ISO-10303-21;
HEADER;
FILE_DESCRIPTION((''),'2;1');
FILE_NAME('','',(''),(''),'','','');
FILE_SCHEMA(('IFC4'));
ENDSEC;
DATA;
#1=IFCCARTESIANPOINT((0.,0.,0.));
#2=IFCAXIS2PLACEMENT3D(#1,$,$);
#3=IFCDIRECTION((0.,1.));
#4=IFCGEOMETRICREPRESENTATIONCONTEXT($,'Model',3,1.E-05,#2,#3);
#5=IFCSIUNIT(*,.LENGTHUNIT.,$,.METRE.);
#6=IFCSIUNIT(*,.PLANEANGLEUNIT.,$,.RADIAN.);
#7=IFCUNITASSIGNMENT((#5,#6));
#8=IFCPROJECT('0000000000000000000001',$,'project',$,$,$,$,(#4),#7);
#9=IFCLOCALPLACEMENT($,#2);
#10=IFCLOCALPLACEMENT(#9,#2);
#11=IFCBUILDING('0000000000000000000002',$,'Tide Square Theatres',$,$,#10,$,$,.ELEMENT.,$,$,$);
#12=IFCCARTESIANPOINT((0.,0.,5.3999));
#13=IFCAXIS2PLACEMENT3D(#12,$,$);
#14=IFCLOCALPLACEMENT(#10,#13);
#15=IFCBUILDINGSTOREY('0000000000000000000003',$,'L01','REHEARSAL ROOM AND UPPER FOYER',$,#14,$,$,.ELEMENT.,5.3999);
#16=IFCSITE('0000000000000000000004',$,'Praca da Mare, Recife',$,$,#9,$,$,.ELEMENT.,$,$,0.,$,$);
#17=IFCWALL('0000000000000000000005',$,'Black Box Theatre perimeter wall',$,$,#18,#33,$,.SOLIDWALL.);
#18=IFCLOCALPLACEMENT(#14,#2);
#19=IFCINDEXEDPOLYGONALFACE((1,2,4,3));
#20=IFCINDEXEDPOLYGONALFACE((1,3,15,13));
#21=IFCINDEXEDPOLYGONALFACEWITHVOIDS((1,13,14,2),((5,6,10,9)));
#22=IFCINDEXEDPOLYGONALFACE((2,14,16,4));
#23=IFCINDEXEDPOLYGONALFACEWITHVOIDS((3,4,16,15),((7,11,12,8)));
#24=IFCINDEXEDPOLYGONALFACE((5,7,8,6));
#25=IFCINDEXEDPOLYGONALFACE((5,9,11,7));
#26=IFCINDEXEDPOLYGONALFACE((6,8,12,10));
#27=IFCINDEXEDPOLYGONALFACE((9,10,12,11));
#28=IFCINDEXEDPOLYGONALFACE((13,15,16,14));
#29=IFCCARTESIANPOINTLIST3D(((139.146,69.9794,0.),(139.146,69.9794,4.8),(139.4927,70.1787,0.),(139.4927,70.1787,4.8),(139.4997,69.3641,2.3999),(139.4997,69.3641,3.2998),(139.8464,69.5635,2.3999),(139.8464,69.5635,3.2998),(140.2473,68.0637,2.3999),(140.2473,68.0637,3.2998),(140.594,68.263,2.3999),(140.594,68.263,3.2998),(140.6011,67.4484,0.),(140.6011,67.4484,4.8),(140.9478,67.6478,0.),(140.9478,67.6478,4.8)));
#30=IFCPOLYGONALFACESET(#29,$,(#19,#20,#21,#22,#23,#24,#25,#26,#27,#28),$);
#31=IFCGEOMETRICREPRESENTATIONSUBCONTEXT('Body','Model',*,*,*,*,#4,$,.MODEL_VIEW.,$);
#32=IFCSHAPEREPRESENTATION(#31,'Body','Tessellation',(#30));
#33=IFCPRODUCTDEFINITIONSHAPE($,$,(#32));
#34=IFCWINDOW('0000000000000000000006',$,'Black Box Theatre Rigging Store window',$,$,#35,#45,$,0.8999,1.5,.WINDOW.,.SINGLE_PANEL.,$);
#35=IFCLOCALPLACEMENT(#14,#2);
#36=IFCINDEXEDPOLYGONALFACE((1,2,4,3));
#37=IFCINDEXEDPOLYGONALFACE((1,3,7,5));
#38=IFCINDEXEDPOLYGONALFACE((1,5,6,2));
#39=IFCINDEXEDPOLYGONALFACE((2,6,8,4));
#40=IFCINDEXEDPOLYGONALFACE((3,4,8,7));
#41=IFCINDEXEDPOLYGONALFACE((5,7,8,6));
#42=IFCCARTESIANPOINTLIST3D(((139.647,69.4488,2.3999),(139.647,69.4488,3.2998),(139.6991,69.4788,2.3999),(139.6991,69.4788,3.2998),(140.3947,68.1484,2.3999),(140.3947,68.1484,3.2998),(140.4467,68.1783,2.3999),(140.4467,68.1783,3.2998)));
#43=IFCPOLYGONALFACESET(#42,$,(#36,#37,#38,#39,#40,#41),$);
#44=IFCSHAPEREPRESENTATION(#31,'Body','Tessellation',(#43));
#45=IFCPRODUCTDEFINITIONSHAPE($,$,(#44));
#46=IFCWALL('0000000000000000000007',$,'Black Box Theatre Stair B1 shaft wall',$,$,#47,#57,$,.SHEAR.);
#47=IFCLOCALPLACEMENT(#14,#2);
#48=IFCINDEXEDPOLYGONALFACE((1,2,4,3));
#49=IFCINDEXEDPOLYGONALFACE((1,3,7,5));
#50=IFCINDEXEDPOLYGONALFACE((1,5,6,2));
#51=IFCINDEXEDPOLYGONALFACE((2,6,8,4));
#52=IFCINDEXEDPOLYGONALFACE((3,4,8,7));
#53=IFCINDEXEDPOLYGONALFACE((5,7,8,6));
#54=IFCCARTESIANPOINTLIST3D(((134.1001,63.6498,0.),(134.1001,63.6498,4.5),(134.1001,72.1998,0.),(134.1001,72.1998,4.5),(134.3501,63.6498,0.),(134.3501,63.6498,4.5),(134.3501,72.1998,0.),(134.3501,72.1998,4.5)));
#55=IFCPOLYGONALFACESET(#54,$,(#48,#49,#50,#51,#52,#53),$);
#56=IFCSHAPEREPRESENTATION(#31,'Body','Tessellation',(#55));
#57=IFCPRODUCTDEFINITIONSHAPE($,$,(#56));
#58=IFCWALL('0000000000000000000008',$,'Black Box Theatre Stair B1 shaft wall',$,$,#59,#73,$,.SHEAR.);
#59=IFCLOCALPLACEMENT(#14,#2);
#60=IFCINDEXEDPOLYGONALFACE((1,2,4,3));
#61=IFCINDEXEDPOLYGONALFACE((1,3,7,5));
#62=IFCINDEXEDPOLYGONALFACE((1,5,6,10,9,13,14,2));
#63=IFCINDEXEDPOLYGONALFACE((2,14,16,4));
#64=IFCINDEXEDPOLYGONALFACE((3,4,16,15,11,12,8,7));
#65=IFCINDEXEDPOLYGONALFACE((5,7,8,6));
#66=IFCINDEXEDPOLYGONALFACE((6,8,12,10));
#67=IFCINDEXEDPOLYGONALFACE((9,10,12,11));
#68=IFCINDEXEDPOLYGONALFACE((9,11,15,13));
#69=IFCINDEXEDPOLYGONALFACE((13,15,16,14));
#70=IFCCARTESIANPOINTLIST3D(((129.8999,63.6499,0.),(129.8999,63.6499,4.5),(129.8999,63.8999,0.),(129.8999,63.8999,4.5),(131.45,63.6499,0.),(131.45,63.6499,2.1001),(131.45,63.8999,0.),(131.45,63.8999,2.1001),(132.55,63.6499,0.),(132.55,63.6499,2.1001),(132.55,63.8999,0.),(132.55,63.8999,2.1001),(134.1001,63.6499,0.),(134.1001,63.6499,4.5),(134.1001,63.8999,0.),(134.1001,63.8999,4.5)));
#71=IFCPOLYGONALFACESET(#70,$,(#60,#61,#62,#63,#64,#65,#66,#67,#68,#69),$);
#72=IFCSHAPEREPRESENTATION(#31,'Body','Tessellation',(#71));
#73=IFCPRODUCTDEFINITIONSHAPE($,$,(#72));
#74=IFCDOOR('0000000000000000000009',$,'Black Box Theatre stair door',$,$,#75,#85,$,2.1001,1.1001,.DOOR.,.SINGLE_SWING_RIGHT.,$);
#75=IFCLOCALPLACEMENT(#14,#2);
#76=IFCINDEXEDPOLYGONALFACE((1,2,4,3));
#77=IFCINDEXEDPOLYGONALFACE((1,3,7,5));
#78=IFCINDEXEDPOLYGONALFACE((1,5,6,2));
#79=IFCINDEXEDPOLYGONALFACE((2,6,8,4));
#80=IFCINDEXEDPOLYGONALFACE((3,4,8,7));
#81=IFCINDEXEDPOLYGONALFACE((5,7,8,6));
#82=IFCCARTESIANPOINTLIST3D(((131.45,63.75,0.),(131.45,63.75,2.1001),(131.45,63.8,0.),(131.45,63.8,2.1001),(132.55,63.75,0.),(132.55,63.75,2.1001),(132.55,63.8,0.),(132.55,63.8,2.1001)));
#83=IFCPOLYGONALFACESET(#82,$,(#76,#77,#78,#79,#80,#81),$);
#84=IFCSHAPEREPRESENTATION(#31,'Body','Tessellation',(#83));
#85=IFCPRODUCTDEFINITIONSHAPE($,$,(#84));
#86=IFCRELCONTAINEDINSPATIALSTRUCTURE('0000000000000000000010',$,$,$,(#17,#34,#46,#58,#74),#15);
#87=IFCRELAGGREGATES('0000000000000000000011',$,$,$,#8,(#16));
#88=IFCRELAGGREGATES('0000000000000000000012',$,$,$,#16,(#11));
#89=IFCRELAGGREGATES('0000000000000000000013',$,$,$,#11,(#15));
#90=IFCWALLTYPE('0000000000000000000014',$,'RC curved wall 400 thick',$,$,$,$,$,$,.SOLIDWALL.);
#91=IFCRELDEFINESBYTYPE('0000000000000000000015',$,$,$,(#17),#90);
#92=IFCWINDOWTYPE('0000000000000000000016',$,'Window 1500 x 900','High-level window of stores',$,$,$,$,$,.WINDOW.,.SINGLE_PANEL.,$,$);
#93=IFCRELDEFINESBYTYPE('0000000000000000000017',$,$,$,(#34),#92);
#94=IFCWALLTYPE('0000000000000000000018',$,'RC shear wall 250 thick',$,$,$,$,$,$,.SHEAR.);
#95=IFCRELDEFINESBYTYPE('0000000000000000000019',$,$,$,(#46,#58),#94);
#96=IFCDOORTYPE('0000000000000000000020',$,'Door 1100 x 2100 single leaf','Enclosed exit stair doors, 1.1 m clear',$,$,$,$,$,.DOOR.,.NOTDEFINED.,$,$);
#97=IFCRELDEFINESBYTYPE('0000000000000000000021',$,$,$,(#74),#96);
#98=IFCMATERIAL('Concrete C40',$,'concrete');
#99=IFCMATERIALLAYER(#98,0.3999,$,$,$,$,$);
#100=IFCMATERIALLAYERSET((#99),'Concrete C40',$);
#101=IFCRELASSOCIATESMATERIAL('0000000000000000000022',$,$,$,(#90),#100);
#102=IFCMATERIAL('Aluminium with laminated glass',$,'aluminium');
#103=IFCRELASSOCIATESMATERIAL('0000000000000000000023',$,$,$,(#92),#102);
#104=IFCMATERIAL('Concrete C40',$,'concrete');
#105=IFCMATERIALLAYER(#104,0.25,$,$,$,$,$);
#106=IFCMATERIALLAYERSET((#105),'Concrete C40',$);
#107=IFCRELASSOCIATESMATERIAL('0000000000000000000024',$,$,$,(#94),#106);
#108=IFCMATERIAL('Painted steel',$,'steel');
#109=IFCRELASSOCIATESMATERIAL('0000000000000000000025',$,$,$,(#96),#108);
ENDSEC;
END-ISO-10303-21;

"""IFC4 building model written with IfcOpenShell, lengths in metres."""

from ifc_helpers import new_model, si_unit, direction, frame, frame_2d, origin, place, context, subcontext, project, spatial, rectangle, extrude, material, layer, layer_set, type_object, element, fill, save


model = new_model("IFC4")

# Units and contexts
model_context = context("Model", 3, precision=1e-05, world=origin(), true_north=direction((0.0, 1.0)))
body_context = subcontext(model_context, "Body", "Model", "MODEL_VIEW")
ifc_project = project(units=[si_unit("LENGTHUNIT", "METRE"), si_unit("PLANEANGLEUNIT", "RADIAN")], contexts=[model_context])

# Site, building, storey
site_placement = place(None, origin())
site = spatial("IfcSite", under=ifc_project, at=site_placement, Name="Praca da Mare, Recife", CompositionType="ELEMENT", RefElevation=0.0)
building_placement = place(site_placement, origin())
building = spatial("IfcBuilding", under=site, at=building_placement, Name="Tide Square Theatres", CompositionType="ELEMENT")
storey_placement = place(building_placement, frame((0.0, 0.0, 5.3999)))
storey = spatial("IfcBuildingStorey", under=building, at=storey_placement, Name="L01", Description="REHEARSAL ROOM AND UPPER FOYER", CompositionType="ELEMENT", Elevation=5.3999)

# Shared definitions
ifc_material_1 = material(Name="Concrete C40", Category="concrete")
ifc_layer_1 = layer(ifc_material_1, 0.3999)
ifc_layer_set_1 = layer_set([ifc_layer_1], Name="Concrete C40")
wall_type_1 = type_object("IfcWallType", Name="RC curved wall 400 thick", PredefinedType="SOLIDWALL", material=ifc_layer_set_1)

# Wall, opening, window
ifc_material_2 = material(Name="Aluminium with laminated glass", Category="aluminium")
window_type = type_object("IfcWindowType", Name="Window 1500 x 900", Description="High-level window of stores", PartitioningType="SINGLE_PANEL", PredefinedType="WINDOW", material=ifc_material_2)
wall_1_placement = place(storey_placement, frame((140.7744, 67.5481, 0.0), z_axis=(0.0, 0.0, 1.0), x_axis=(-0.498407, 0.866943, 0.0)))
wall_1 = element("IfcWall", 1, at=wall_1_placement, inside=storey, type_object=wall_type_1, Name="Black Box Theatre perimeter wall", PredefinedType="SOLIDWALL", context=body_context, shape_type="SweptSolid", body=[
    extrude(rectangle(XDim=2.9194, YDim=0.3999, at=frame_2d((1.4597, 0.0))), origin(), (0.0, 0.0, 1.0), 4.8),
])
opening_1_placement = place(wall_1_placement, frame((0.7097, 0.0, 2.3999)))
opening_1 = element("IfcOpeningElement", 2, at=opening_1_placement, cuts=wall_1, PredefinedType="OPENING", context=body_context, shape_type="SweptSolid", body=[
    extrude(rectangle(XDim=1.5, YDim=0.8999, at=frame_2d((0.75, 0.45))), frame((0.0, 0.21, 0.0), z_axis=(0.0, -1.0, 0.0), x_axis=(1.0, 0.0, 0.0)), (0.0, 0.0, 1.0), 0.4199),
])
window_1_placement = place(opening_1_placement, origin())
window_1 = element("IfcWindow", 3, at=window_1_placement, inside=storey, type_object=window_type, Name="Black Box Theatre Rigging Store window", OverallHeight=0.8999, OverallWidth=1.5, PartitioningType="SINGLE_PANEL", PredefinedType="WINDOW", context=body_context, shape_type="SweptSolid", body=[
    extrude(rectangle(XDim=1.5, YDim=0.8999, at=frame_2d((0.75, 0.45))), frame((0.0, 0.03, 0.0), z_axis=(0.0, -1.0, 0.0), x_axis=(1.0, 0.0, 0.0)), (0.0, 0.0, 1.0), 0.0601),
])
fill(opening_1, window_1)

# Wall
ifc_material_3 = material(Name="Concrete C40", Category="concrete")
ifc_layer_2 = layer(ifc_material_3, 0.25)
ifc_layer_set_2 = layer_set([ifc_layer_2], Name="Concrete C40")
wall_type_2 = type_object("IfcWallType", Name="RC shear wall 250 thick", PredefinedType="SHEAR", material=ifc_layer_set_2)
wall_2_placement = place(storey_placement, frame((134.2251, 63.6499, 0.0), z_axis=(0.0, 0.0, 1.0), x_axis=(0.0, 1.0, 0.0)))
element("IfcWall", 4, at=wall_2_placement, inside=storey, type_object=wall_type_2, Name="Black Box Theatre Stair B1 shaft wall", PredefinedType="SHEAR", context=body_context, shape_type="SweptSolid", body=[
    extrude(rectangle(XDim=8.55, YDim=0.25, at=frame_2d((4.2749, 0.0))), origin(), (0.0, 0.0, 1.0), 4.5),
])

# Wall, opening, door
wall_3_placement = place(storey_placement, frame((134.1001, 63.7749, 0.0), z_axis=(0.0, 0.0, 1.0), x_axis=(-1.0, 0.0, 0.0)))
wall_3 = element("IfcWall", 5, at=wall_3_placement, inside=storey, type_object=wall_type_2, Name="Black Box Theatre Stair B1 shaft wall", PredefinedType="SHEAR", context=body_context, shape_type="SweptSolid", body=[
    extrude(rectangle(XDim=4.2002, YDim=0.25, at=frame_2d((2.1001, 0.0))), origin(), (0.0, 0.0, 1.0), 4.5),
])
opening_2_placement = place(wall_3_placement, frame((1.55, 0.0, 0.0)))
opening_2 = element("IfcOpeningElement", 6, at=opening_2_placement, cuts=wall_3, PredefinedType="OPENING", context=body_context, shape_type="SweptSolid", body=[
    extrude(rectangle(XDim=1.1001, YDim=2.1001, at=frame_2d((0.55, 1.05))), frame((0.0, 0.135, 0.0), z_axis=(0.0, -1.0, 0.0), x_axis=(1.0, 0.0, 0.0)), (0.0, 0.0, 1.0), 0.27),
])
ifc_material_4 = material(Name="Painted steel", Category="steel")
door_type_1 = type_object("IfcDoorType", Name="Door 1100 x 2100 single leaf", Description="Enclosed exit stair doors, 1.1 m clear", OperationType="NOTDEFINED", PredefinedType="DOOR", material=ifc_material_4)
door_1_placement = place(opening_2_placement, origin())
door_1 = element("IfcDoor", 7, at=door_1_placement, inside=storey, type_object=door_type_1, Name="Black Box Theatre stair door", OperationType="SINGLE_SWING_RIGHT", OverallHeight=2.1001, OverallWidth=1.1001, PredefinedType="DOOR", context=body_context, shape_type="SweptSolid", body=[
    extrude(rectangle(XDim=1.1001, YDim=2.1001, at=frame_2d((0.55, 1.05))), frame((0.0, 0.0249, 0.0), z_axis=(0.0, -1.0, 0.0), x_axis=(1.0, 0.0, 0.0)), (0.0, 0.0, 1.0), 0.05),
])
fill(opening_2, door_1)

save(model, "model.ifc")
